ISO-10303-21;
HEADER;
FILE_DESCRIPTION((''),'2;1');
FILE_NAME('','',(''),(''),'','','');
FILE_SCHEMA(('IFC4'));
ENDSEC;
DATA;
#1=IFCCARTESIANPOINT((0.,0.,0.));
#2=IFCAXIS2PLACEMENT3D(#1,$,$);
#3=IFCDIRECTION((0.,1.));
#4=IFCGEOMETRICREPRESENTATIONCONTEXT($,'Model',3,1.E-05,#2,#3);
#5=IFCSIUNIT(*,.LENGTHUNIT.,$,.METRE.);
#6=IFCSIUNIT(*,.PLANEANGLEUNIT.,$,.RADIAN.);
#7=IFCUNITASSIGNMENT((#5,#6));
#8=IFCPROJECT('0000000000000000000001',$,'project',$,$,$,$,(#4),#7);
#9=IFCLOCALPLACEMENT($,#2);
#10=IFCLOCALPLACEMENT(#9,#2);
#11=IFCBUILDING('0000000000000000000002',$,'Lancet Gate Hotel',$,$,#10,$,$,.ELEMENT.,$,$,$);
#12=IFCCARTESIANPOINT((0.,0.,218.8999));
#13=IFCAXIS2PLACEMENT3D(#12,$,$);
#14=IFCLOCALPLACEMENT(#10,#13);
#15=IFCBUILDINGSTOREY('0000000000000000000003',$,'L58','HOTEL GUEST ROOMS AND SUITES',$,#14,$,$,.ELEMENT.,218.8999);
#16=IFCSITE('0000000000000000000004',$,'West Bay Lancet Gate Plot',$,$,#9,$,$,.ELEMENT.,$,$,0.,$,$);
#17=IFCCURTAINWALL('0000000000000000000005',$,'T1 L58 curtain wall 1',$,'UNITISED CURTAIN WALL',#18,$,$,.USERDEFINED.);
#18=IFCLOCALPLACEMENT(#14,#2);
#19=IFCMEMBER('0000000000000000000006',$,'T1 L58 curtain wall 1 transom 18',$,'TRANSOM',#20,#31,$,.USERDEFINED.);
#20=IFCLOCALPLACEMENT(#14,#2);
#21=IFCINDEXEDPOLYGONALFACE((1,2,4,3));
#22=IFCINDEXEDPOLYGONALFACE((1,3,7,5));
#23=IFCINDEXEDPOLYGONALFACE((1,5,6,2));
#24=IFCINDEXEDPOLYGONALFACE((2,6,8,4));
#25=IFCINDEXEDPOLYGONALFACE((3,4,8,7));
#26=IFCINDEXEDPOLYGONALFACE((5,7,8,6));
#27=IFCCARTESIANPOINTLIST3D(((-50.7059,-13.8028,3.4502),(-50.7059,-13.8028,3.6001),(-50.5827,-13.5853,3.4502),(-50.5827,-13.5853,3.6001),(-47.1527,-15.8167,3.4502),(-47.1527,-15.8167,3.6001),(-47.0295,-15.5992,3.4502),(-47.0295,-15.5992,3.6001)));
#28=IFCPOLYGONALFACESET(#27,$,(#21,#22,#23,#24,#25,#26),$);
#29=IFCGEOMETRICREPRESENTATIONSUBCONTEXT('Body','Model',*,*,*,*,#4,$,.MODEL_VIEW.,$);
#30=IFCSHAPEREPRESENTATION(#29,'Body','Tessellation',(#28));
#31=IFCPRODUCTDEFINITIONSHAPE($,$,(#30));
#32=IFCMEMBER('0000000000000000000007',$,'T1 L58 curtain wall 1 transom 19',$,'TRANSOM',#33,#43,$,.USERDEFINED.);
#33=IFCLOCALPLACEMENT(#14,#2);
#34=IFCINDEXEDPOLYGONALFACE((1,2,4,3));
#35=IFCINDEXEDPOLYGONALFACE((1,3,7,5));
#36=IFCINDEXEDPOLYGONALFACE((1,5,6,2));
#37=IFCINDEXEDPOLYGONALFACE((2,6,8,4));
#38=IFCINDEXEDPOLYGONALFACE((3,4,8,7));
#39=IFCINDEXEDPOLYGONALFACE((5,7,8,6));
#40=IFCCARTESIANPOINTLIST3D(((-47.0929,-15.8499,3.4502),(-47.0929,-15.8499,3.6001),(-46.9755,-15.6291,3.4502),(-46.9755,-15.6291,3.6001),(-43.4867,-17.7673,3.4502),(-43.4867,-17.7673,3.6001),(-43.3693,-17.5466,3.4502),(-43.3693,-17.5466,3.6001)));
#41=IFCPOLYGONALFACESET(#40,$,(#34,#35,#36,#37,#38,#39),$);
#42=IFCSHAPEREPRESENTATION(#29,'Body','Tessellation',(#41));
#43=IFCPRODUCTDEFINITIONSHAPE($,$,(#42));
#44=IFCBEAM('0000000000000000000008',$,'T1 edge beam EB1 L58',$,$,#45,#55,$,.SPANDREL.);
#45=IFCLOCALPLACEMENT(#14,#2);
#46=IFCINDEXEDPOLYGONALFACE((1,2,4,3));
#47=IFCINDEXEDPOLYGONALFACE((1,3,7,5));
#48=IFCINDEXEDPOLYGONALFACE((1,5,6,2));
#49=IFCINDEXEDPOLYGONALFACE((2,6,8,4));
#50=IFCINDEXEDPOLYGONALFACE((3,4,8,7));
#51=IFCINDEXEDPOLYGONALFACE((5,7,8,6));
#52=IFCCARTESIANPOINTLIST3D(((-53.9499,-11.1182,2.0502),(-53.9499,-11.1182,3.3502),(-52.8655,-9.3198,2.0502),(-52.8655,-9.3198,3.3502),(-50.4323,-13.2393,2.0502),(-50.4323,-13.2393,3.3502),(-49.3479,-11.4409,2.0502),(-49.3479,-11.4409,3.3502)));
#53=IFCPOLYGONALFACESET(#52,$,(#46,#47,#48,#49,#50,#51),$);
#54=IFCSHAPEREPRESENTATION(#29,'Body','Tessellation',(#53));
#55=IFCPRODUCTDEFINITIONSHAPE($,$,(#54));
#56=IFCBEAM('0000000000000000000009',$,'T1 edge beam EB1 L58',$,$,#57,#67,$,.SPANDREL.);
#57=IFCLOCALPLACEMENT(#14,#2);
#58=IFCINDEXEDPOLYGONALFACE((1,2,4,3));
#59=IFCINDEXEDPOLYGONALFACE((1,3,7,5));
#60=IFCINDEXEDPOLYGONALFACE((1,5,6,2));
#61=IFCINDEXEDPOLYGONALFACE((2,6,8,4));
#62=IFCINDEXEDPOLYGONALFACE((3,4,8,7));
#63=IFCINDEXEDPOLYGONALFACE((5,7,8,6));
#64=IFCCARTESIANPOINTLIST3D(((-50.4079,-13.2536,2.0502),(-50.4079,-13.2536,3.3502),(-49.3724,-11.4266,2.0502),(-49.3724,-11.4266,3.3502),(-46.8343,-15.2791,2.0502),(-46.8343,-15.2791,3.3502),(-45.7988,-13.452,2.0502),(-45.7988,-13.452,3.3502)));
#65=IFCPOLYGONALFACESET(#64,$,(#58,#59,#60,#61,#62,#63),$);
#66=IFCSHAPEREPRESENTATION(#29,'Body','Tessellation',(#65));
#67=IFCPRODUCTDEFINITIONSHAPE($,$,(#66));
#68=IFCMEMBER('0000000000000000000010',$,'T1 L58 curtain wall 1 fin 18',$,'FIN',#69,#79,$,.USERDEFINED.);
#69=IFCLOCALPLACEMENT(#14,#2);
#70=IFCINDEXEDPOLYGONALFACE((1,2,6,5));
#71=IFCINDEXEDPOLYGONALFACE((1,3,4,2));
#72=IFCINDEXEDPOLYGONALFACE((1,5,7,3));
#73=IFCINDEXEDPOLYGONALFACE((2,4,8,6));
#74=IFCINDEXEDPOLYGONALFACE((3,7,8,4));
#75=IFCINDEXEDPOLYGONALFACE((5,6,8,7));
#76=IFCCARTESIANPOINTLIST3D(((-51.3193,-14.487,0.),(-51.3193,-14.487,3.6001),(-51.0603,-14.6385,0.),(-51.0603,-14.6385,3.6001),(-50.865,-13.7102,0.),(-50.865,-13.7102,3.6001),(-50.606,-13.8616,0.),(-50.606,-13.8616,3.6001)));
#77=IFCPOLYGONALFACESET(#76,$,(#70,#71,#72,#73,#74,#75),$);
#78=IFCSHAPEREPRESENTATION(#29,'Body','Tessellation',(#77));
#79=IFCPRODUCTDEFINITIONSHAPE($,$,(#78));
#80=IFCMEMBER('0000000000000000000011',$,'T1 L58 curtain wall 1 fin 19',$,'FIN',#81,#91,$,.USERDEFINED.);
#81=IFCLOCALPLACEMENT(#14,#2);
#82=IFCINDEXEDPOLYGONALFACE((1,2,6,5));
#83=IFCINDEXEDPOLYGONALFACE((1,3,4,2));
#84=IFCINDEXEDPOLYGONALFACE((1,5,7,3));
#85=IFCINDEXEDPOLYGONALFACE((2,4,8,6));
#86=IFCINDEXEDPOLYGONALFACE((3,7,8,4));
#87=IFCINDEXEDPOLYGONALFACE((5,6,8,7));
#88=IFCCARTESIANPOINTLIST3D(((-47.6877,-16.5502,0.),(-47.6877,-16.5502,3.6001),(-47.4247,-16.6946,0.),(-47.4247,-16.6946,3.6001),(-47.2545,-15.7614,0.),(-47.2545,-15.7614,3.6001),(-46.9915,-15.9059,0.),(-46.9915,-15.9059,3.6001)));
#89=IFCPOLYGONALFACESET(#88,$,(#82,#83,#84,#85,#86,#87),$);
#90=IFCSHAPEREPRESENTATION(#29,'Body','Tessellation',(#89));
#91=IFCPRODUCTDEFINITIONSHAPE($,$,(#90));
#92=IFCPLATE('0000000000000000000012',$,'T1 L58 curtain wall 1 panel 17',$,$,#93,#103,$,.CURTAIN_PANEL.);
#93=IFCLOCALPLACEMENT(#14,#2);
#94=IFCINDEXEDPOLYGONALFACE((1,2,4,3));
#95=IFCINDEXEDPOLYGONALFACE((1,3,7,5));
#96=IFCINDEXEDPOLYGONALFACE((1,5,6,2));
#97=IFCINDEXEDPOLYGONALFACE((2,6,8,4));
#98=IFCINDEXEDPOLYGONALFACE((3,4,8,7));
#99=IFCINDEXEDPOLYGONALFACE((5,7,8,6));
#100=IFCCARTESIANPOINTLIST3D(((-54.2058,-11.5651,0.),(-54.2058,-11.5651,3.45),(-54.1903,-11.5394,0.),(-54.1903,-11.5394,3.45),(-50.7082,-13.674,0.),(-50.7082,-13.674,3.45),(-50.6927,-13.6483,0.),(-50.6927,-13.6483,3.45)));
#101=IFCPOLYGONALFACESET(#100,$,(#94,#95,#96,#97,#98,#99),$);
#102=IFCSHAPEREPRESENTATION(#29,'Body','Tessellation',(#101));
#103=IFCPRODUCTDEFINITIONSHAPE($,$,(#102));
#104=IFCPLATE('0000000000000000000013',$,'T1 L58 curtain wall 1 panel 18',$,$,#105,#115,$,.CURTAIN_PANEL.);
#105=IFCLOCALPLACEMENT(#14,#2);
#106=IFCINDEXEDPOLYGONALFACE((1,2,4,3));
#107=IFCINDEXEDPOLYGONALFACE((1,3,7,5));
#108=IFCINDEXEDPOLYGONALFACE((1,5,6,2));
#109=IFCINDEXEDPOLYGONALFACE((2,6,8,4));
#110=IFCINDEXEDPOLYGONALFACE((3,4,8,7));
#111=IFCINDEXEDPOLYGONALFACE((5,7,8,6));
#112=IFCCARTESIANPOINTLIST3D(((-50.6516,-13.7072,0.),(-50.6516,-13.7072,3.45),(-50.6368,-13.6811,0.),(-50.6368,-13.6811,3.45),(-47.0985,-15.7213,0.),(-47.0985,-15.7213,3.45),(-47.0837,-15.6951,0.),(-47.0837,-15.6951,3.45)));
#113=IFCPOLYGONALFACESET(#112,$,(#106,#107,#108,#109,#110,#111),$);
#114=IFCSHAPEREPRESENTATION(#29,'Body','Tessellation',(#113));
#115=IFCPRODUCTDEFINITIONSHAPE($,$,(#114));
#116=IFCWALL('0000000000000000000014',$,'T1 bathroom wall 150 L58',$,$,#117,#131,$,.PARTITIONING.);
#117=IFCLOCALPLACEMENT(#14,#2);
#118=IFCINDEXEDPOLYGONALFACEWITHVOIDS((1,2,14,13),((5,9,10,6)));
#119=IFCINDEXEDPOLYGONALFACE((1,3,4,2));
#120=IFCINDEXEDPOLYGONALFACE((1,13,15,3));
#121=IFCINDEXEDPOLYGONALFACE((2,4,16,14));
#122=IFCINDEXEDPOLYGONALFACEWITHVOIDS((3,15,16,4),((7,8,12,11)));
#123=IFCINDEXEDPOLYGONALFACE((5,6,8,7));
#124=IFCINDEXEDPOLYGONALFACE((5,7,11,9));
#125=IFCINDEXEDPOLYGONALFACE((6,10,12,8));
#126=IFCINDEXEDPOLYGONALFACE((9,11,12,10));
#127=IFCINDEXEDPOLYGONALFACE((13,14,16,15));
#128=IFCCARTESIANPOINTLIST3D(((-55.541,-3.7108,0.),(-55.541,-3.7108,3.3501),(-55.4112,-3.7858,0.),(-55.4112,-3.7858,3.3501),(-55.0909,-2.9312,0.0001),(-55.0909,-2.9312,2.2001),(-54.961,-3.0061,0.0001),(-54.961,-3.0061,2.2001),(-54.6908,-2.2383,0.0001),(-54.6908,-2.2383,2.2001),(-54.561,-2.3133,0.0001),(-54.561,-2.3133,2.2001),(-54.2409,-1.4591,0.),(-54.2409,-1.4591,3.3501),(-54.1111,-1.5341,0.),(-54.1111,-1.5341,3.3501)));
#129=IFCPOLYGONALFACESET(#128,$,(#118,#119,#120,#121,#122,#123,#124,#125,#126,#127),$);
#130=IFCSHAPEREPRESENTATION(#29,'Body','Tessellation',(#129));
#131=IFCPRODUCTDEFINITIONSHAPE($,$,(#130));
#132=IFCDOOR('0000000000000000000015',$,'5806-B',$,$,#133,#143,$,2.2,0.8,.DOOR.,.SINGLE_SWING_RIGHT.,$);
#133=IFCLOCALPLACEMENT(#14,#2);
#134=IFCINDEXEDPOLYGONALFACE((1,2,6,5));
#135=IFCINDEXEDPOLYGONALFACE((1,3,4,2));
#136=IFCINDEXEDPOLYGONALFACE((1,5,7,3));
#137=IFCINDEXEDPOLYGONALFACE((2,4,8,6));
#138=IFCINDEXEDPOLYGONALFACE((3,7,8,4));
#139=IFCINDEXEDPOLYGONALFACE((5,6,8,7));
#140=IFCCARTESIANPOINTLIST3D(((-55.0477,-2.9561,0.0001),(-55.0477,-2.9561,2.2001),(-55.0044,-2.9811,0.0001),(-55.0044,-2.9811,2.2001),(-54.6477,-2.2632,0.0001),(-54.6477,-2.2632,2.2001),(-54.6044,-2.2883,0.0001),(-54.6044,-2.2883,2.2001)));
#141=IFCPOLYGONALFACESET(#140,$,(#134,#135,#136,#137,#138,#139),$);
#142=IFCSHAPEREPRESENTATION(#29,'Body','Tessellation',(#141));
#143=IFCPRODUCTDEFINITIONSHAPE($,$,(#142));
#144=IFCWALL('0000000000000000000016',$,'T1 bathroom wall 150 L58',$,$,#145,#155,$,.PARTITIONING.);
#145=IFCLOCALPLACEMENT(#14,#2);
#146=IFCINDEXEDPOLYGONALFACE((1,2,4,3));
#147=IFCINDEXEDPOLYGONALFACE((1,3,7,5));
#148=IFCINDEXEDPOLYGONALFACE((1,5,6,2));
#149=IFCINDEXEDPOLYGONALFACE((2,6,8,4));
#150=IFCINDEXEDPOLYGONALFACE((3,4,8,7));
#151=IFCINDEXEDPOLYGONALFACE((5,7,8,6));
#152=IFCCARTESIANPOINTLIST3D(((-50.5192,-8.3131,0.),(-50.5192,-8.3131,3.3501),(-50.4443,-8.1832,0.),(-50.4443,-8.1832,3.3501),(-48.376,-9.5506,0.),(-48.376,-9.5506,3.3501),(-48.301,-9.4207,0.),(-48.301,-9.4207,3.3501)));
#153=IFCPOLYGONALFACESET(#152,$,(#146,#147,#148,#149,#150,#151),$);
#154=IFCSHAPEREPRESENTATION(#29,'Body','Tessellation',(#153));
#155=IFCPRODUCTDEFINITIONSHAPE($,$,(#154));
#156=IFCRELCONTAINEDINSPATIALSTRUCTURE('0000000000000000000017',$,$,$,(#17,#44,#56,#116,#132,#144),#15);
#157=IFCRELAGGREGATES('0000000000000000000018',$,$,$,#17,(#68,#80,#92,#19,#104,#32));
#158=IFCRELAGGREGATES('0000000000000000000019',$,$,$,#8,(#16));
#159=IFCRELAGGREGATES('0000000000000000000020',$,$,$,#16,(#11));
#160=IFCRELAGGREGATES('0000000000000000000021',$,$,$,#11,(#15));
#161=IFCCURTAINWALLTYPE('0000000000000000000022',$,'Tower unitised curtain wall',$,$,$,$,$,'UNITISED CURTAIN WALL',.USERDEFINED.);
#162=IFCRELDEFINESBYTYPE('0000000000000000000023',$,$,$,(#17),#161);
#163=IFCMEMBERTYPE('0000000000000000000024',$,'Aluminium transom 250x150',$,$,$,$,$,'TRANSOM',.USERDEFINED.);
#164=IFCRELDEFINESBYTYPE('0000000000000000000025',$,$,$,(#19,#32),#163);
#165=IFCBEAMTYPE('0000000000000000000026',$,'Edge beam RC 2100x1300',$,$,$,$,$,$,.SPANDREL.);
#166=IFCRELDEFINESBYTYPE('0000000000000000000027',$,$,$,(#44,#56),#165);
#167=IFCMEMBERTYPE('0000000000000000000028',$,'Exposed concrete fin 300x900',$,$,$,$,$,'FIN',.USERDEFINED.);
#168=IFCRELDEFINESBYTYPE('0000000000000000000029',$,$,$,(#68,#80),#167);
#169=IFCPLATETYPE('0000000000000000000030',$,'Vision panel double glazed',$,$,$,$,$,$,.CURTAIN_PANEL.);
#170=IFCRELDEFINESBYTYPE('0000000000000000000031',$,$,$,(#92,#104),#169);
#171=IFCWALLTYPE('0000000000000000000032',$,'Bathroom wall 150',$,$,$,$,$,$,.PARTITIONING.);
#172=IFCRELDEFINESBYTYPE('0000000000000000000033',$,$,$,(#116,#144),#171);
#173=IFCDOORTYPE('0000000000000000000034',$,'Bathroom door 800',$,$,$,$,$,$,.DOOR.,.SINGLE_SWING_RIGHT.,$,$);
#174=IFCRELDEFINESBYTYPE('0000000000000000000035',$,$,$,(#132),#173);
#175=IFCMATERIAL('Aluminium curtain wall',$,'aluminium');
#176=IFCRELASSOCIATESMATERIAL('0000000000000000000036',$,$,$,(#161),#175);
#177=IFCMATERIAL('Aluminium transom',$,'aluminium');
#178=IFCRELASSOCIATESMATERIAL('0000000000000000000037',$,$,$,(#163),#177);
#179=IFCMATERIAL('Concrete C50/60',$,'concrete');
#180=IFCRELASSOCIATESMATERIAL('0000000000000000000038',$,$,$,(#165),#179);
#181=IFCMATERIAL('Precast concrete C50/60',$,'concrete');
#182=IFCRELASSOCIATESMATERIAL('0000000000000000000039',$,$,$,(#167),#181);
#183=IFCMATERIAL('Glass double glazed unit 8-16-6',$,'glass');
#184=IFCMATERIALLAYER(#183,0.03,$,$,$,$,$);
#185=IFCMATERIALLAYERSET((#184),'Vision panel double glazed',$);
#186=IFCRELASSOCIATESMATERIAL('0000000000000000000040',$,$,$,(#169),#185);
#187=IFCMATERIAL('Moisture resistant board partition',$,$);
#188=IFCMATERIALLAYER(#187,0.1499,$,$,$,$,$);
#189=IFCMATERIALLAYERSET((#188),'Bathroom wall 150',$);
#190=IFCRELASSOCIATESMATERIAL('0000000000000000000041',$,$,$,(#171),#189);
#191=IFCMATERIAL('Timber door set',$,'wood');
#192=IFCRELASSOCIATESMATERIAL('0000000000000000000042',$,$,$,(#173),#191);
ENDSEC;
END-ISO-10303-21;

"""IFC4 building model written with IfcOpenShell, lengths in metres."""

from ifc_helpers import new_model, si_unit, direction, frame, frame_2d, origin, origin_2d, place, context, subcontext, project, spatial, rectangle, extrude, material, layer, layer_set, material_profile, profile_set, type_object, element, fill, aggregate, save


model = new_model("IFC4")

# Units and contexts
model_context = context("Model", 3, precision=1e-05, world=origin(), true_north=direction((0.0, 1.0)))
body_context = subcontext(model_context, "Body", "Model", "MODEL_VIEW")
ifc_project = project(units=[si_unit("LENGTHUNIT", "METRE"), si_unit("PLANEANGLEUNIT", "RADIAN")], contexts=[model_context])

# Site, building, storey
site_placement = place(None, origin())
site = spatial("IfcSite", under=ifc_project, at=site_placement, Name="West Bay Lancet Gate Plot", CompositionType="ELEMENT", RefElevation=0.0)
building_placement = place(site_placement, origin())
building = spatial("IfcBuilding", under=site, at=building_placement, Name="Lancet Gate Hotel", CompositionType="ELEMENT")
storey_placement = place(building_placement, frame((0.0, 0.0, 218.8999)))
storey = spatial("IfcBuildingStorey", under=building, at=storey_placement, Name="L58", Description="HOTEL GUEST ROOMS AND SUITES", CompositionType="ELEMENT", Elevation=218.8999)

# Curtain wall, members
ifc_material_1 = material(Name="Aluminium curtain wall", Category="aluminium")
curtain_wall_type = type_object("IfcCurtainWallType", Name="Tower unitised curtain wall", ElementType="UNITISED CURTAIN WALL", PredefinedType="USERDEFINED", material=ifc_material_1)
curtain_wall_placement = place(storey_placement, origin())
curtain_wall = element("IfcCurtainWall", 1, at=curtain_wall_placement, inside=storey, type_object=curtain_wall_type, Name="T1 L58 curtain wall 1", ObjectType="UNITISED CURTAIN WALL", PredefinedType="USERDEFINED")
ifc_material_2 = material(Name="Aluminium transom", Category="aluminium")
ifc_material_profile_1 = material_profile(ifc_material_2, rectangle(XDim=0.25, YDim=0.1499, at=origin_2d()), Name="TRANSOM 250x150")
ifc_profile_set_1 = profile_set([ifc_material_profile_1], Name="Aluminium transom")
member_type_1 = type_object("IfcMemberType", Name="Aluminium transom 250x150", ElementType="TRANSOM", PredefinedType="USERDEFINED", material=ifc_profile_set_1)
member_1_placement = place(storey_placement, frame((-50.6443, -13.6941, 3.5251), z_axis=(0.869978, -0.493091, 0.0), x_axis=(0.493091, 0.869978, 0.0)))
member_1 = element("IfcMember", 2, at=member_1_placement, type_object=member_type_1, Name="T1 L58 curtain wall 1 transom 18", ObjectType="TRANSOM", PredefinedType="USERDEFINED", context=body_context, shape_type="SweptSolid", body=[
    extrude(rectangle(XDim=0.25, YDim=0.1499, at=origin_2d()), origin(), (0.0, 0.0, 1.0), 4.0842),
])
member_2_placement = place(storey_placement, frame((-47.0342, -15.7395, 3.5251), z_axis=(0.882945, -0.469477, 0.0), x_axis=(0.469477, 0.882945, 0.0)))
member_2 = element("IfcMember", 3, at=member_2_placement, type_object=member_type_1, Name="T1 L58 curtain wall 1 transom 19", ObjectType="TRANSOM", PredefinedType="USERDEFINED", context=body_context, shape_type="SweptSolid", body=[
    extrude(rectangle(XDim=0.25, YDim=0.1499, at=origin_2d()), origin(), (0.0, 0.0, 1.0), 4.0842),
])

# Beams
ifc_material_3 = material(Name="Concrete C50/60", Category="concrete")
ifc_material_profile_2 = material_profile(ifc_material_3, rectangle(XDim=2.1001, YDim=1.3, at=origin_2d()), Name="RC 2100x1300")
ifc_profile_set_2 = profile_set([ifc_material_profile_2], Name="Concrete C50/60")
beam_type = type_object("IfcBeamType", Name="Edge beam RC 2100x1300", PredefinedType="SPANDREL", material=ifc_profile_set_2)
for number, where, z_axis, x_axis, name in (
    (4, (-53.4077, -10.219, 2.7002), (0.856358, -0.516382, 0.0), (0.516382, 0.856358, 0.0), "T1 edge beam EB1 L58"),
    (5, (-49.8901, -12.3401, 2.7002), (0.869979, -0.493089, 0.0), (0.493089, 0.869979, 0.0), "T1 edge beam EB1 L58"),
):
    element("IfcBeam", number, at=place(storey_placement, frame(where, z_axis=z_axis, x_axis=x_axis)), inside=storey, type_object=beam_type, Name=name, PredefinedType="SPANDREL", context=body_context, shape_type="SweptSolid", body=[
        extrude(rectangle(XDim=2.1001, YDim=1.3, at=origin_2d()), origin(), (0.0, 0.0, 1.0), 4.1077),
    ])

# Members
ifc_material_4 = material(Name="Precast concrete C50/60", Category="concrete")
ifc_material_profile_3 = material_profile(ifc_material_4, rectangle(XDim=0.3, YDim=0.8999, at=origin_2d()), Name="FIN 300x900")
ifc_profile_set_3 = profile_set([ifc_material_profile_3], Name="Precast concrete C50/60")
member_type_2 = type_object("IfcMemberType", Name="Exposed concrete fin 300x900", ElementType="FIN", PredefinedType="USERDEFINED", material=ifc_profile_set_3)
member_3_placement = place(storey_placement, frame((-50.9626, -14.1743, 0.0), z_axis=(0.0, 0.0, 1.0), x_axis=(0.863242, -0.50479, 0.0)))
member_3 = element("IfcMember", 6, at=member_3_placement, type_object=member_type_2, Name="T1 L58 curtain wall 1 fin 18", ObjectType="FIN", PredefinedType="USERDEFINED", context=body_context, shape_type="SweptSolid", body=[
    extrude(rectangle(XDim=0.3, YDim=0.8999, at=origin_2d()), origin(), (0.0, 0.0, 1.0), 3.6001),
])
member_4_placement = place(storey_placement, frame((-47.3396, -16.228, 0.0), z_axis=(0.0, 0.0, 1.0), x_axis=(0.876516, -0.481372, 0.0)))
member_4 = element("IfcMember", 7, at=member_4_placement, type_object=member_type_2, Name="T1 L58 curtain wall 1 fin 19", ObjectType="FIN", PredefinedType="USERDEFINED", context=body_context, shape_type="SweptSolid", body=[
    extrude(rectangle(XDim=0.3, YDim=0.8999, at=origin_2d()), origin(), (0.0, 0.0, 1.0), 3.6001),
])

# Plates
ifc_material_5 = material(Name="Glass double glazed unit 8-16-6", Category="glass")
ifc_layer_1 = layer(ifc_material_5, 0.03)
ifc_layer_set_1 = layer_set([ifc_layer_1], Name="Vision panel double glazed")
plate_type = type_object("IfcPlateType", Name="Vision panel double glazed", PredefinedType="CURTAIN_PANEL", material=ifc_layer_set_1)
plate_1_placement = place(storey_placement, frame((-52.4492, -12.6067, 0.0), z_axis=(0.0, 0.0, 1.0), x_axis=(0.85637, -0.516363, 0.0)))
plate_1 = element("IfcPlate", 8, at=plate_1_placement, type_object=plate_type, Name="T1 L58 curtain wall 1 panel 17", PredefinedType="CURTAIN_PANEL", context=body_context, shape_type="SweptSolid", body=[
    extrude(rectangle(XDim=4.0842, YDim=0.03, at=origin_2d()), origin(), (0.0, 0.0, 1.0), 3.45),
])
plate_2_placement = place(storey_placement, frame((-48.8677, -14.7012, 0.0), z_axis=(0.0, 0.0, 1.0), x_axis=(0.869958, -0.493126, 0.0)))
plate_2 = element("IfcPlate", 9, at=plate_2_placement, type_object=plate_type, Name="T1 L58 curtain wall 1 panel 18", PredefinedType="CURTAIN_PANEL", context=body_context, shape_type="SweptSolid", body=[
    extrude(rectangle(XDim=4.0842, YDim=0.03, at=origin_2d()), origin(), (0.0, 0.0, 1.0), 3.45),
])
aggregate(curtain_wall, [member_3, member_4, plate_1, member_1, plate_2, member_2])

# Wall, opening, door
ifc_material_6 = material(Name="Moisture resistant board partition")
ifc_layer_2 = layer(ifc_material_6, 0.1499)
ifc_layer_set_2 = layer_set([ifc_layer_2], Name="Bathroom wall 150")
wall_type_1 = type_object("IfcWallType", Name="Bathroom wall 150", PredefinedType="PARTITIONING", material=ifc_layer_set_2)
wall_1_placement = place(storey_placement, frame((-54.176, -1.4966, 0.0), z_axis=(0.0, 0.0, 1.0), x_axis=(-0.500007, -0.866021, 0.0)))
wall_1 = element("IfcWall", 10, at=wall_1_placement, inside=storey, type_object=wall_type_1, Name="T1 bathroom wall 150 L58", PredefinedType="PARTITIONING", context=body_context, shape_type="SweptSolid", body=[
    extrude(rectangle(XDim=2.6001, YDim=0.1499, at=frame_2d((1.3, 0.0))), origin(), (0.0, 0.0, 1.0), 3.3501),
])
opening_1_placement = place(wall_1_placement, frame((0.8999, 0.0, 0.0)))
opening_1 = element("IfcOpeningElement", 11, at=opening_1_placement, cuts=wall_1, PredefinedType="OPENING", context=body_context, shape_type="SweptSolid", body=[
    extrude(rectangle(XDim=0.8, YDim=2.2, at=frame_2d((0.3999, 1.1001))), frame((0.0, 0.085, 0.0), z_axis=(0.0, -1.0, 0.0), x_axis=(1.0, 0.0, 0.0)), (0.0, 0.0, 1.0), 0.1699),
])
ifc_material_7 = material(Name="Timber door set", Category="wood")
door_type_1 = type_object("IfcDoorType", Name="Bathroom door 800", OperationType="SINGLE_SWING_RIGHT", PredefinedType="DOOR", material=ifc_material_7)
door_1_placement = place(opening_1_placement, origin())
door_1 = element("IfcDoor", 12, at=door_1_placement, inside=storey, type_object=door_type_1, Name="5806-B", OperationType="SINGLE_SWING_RIGHT", OverallHeight=2.2, OverallWidth=0.8, PredefinedType="DOOR", context=body_context, shape_type="SweptSolid", body=[
    extrude(rectangle(XDim=0.8, YDim=2.2, at=frame_2d((0.3999, 1.1001))), frame((0.0, 0.0249, 0.0), z_axis=(0.0, -1.0, 0.0), x_axis=(1.0, 0.0, 0.0)), (0.0, 0.0, 1.0), 0.05),
])
fill(opening_1, door_1)

# Wall
wall_2_placement = place(storey_placement, frame((-48.3386, -9.4856, 0.0), z_axis=(0.0, 0.0, 1.0), x_axis=(-0.866007, 0.500033, 0.0)))
element("IfcWall", 13, at=wall_2_placement, inside=storey, type_object=wall_type_1, Name="T1 bathroom wall 150 L58", PredefinedType="PARTITIONING", context=body_context, shape_type="SweptSolid", body=[
    extrude(rectangle(XDim=2.4749, YDim=0.1499, at=frame_2d((1.2373, 0.0))), origin(), (0.0, 0.0, 1.0), 3.3501),
])

save(model, "model.ifc")
